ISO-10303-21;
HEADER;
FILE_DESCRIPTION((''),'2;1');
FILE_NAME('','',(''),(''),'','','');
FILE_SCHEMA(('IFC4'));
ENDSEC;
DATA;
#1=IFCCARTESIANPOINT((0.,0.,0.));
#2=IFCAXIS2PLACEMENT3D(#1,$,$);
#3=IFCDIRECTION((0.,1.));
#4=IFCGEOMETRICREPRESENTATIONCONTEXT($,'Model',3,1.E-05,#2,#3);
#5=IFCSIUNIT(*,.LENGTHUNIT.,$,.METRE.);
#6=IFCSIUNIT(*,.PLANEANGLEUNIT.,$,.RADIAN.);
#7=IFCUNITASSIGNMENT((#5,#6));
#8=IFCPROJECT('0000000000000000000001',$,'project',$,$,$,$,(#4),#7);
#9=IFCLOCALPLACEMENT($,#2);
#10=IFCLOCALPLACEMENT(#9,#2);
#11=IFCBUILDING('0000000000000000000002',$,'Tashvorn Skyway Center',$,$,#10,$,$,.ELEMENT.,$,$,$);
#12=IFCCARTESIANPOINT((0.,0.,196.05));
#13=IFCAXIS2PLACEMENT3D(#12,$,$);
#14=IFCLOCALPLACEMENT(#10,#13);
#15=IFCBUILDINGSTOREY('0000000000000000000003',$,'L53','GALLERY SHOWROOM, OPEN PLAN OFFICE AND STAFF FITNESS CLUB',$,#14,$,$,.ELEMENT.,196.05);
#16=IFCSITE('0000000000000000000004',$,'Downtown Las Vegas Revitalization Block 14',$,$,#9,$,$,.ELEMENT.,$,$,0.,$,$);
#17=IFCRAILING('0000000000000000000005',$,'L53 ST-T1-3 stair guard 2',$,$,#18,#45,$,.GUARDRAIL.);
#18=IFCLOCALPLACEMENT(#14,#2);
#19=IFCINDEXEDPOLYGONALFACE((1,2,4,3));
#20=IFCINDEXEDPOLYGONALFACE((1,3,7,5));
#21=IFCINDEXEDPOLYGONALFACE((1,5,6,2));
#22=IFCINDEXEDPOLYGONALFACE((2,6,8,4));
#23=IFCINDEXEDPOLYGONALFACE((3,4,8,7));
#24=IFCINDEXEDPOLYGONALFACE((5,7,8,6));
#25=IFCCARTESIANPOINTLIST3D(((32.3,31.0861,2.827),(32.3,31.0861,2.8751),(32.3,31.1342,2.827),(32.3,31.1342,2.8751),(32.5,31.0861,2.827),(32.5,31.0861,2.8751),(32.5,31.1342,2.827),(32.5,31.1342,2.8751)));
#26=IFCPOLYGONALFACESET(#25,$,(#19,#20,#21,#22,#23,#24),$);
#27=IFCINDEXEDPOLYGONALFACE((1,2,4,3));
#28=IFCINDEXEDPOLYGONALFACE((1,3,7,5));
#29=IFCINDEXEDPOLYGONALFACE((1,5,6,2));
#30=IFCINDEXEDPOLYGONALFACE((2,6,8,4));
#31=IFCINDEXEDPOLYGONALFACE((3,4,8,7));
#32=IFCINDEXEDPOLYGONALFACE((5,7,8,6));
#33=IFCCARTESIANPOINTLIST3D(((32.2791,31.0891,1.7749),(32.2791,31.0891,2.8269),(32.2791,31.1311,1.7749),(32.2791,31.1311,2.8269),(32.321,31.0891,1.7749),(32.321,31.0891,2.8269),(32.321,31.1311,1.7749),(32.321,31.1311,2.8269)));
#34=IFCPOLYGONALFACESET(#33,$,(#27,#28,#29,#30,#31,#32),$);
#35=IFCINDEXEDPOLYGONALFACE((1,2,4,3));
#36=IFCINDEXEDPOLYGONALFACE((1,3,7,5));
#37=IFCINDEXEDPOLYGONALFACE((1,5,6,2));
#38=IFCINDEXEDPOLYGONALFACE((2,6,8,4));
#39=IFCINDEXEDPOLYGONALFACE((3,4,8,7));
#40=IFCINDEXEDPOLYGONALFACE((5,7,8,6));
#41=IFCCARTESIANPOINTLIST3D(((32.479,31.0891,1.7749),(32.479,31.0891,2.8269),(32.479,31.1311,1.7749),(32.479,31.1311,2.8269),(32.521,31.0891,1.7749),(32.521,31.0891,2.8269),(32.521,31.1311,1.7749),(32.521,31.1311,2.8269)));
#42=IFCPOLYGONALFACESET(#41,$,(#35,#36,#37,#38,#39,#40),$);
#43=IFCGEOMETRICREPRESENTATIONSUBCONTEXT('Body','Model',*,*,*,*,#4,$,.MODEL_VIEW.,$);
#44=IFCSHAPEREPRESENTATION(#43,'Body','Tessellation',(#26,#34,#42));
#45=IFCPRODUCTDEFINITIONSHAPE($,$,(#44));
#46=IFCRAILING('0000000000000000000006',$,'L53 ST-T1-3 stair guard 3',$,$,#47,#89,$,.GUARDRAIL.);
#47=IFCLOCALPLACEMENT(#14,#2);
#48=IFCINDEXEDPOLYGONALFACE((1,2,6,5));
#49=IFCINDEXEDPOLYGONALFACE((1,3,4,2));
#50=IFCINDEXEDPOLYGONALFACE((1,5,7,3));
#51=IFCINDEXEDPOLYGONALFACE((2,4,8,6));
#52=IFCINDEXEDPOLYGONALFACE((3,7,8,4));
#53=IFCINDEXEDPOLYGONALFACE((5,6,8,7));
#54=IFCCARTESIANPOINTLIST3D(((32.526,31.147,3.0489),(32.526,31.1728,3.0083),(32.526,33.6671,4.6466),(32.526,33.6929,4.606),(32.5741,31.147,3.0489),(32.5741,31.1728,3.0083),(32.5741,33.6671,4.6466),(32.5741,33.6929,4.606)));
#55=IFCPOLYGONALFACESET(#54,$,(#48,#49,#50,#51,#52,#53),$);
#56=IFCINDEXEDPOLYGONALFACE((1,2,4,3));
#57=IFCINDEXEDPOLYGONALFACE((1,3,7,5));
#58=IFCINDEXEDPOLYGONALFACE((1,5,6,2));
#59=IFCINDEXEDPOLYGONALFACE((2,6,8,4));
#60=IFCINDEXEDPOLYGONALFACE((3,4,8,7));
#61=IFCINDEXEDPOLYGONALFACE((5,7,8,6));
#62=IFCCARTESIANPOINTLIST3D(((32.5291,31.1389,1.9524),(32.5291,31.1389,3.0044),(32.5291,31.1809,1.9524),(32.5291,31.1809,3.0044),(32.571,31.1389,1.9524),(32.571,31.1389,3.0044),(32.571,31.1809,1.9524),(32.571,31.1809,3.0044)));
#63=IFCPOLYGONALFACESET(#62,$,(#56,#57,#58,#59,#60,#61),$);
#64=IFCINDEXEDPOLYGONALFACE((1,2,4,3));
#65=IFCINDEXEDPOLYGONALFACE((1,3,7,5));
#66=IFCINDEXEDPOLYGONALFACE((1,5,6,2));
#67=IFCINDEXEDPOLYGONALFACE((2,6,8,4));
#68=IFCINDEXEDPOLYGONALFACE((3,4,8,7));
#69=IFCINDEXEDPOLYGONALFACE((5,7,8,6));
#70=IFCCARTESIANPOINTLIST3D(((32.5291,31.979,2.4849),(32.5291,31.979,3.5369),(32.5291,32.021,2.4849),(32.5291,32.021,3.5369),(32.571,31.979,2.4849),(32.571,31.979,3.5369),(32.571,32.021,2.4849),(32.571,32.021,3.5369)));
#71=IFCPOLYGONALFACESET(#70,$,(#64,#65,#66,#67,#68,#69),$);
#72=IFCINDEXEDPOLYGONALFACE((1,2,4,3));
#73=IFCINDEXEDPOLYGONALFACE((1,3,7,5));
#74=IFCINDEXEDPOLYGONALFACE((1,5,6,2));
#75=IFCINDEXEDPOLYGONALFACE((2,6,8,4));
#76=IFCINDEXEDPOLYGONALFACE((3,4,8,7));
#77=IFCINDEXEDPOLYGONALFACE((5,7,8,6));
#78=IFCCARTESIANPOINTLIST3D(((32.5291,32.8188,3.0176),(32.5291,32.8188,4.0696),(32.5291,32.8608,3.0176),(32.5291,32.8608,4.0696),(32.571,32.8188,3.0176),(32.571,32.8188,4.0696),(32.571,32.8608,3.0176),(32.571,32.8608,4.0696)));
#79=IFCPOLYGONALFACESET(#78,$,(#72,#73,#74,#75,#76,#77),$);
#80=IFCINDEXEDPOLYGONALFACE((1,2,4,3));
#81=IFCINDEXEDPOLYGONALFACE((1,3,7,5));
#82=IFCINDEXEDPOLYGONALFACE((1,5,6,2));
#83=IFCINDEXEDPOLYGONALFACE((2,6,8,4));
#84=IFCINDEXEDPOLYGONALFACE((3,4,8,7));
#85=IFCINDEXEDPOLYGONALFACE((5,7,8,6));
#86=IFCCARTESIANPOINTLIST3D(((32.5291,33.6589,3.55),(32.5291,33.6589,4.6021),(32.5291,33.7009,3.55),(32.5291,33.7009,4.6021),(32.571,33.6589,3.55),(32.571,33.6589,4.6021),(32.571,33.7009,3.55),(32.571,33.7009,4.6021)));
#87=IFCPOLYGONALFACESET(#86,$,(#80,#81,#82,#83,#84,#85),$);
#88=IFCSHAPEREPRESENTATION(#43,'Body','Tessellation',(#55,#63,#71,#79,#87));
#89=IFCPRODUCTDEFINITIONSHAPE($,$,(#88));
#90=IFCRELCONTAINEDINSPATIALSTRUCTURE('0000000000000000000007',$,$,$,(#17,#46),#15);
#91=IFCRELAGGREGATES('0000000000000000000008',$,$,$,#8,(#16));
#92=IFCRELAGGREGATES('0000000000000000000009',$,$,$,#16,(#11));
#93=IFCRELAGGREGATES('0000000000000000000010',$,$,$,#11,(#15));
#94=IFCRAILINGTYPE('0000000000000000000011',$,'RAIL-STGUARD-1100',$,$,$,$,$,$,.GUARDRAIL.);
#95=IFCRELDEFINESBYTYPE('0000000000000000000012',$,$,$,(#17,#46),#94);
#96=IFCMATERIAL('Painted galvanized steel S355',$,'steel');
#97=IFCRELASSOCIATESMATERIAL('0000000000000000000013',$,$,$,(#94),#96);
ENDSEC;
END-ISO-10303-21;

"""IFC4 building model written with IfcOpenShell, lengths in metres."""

from ifc_helpers import new_model, si_unit, direction, frame, origin, origin_2d, place, context, subcontext, project, spatial, rectangle, extrude, material, type_object, element, save


model = new_model("IFC4")

# Units and contexts
model_context = context("Model", 3, precision=1e-05, world=origin(), true_north=direction((0.0, 1.0)))
body_context = subcontext(model_context, "Body", "Model", "MODEL_VIEW")
ifc_project = project(units=[si_unit("LENGTHUNIT", "METRE"), si_unit("PLANEANGLEUNIT", "RADIAN")], contexts=[model_context])

# Site, building, storey
site_placement = place(None, origin())
site = spatial("IfcSite", under=ifc_project, at=site_placement, Name="Downtown Las Vegas Revitalization Block 14", CompositionType="ELEMENT", RefElevation=0.0)
building_placement = place(site_placement, origin())
building = spatial("IfcBuilding", under=site, at=building_placement, Name="Tashvorn Skyway Center", CompositionType="ELEMENT")
storey_placement = place(building_placement, frame((0.0, 0.0, 196.05)))
storey = spatial("IfcBuildingStorey", under=building, at=storey_placement, Name="L53", Description="GALLERY SHOWROOM, OPEN PLAN OFFICE AND STAFF FITNESS CLUB", CompositionType="ELEMENT", Elevation=196.05)

# Railings
ifc_material_1 = material(Name="Painted galvanized steel S355", Category="steel")
railing_type = type_object("IfcRailingType", Name="RAIL-STGUARD-1100", PredefinedType="GUARDRAIL", material=ifc_material_1)
railing_1_placement = place(storey_placement, frame((32.3, 31.1101, 1.7749)))
element("IfcRailing", 1, at=railing_1_placement, inside=storey, type_object=railing_type, Name="L53 ST-T1-3 stair guard 2", PredefinedType="GUARDRAIL", context=body_context, shape_type="SweptSolid", body=[
    extrude(rectangle(XDim=0.0481, YDim=0.0481, at=origin_2d()), frame((0.0, 0.0, 1.0762), z_axis=(1.0, 0.0, 0.0), x_axis=(0.0, 1.0, 0.0)), (0.0, 0.0, 1.0), 0.2),
    extrude(rectangle(XDim=0.042, YDim=0.042, at=origin_2d()), origin(), (0.0, 0.0, 1.0), 1.052),
    extrude(rectangle(XDim=0.042, YDim=0.042, at=origin_2d()), frame((0.2, 0.0, 0.0)), (0.0, 0.0, 1.0), 1.052),
])
railing_2_placement = place(storey_placement, frame((32.55, 31.1599, 1.9524)))
element("IfcRailing", 2, at=railing_2_placement, inside=storey, type_object=railing_type, Name="L53 ST-T1-3 stair guard 3", PredefinedType="GUARDRAIL", context=body_context, shape_type="SweptSolid", body=[
    extrude(rectangle(XDim=0.0481, YDim=0.0481, at=origin_2d()), frame((0.0, 0.0, 1.0762), z_axis=(0.0, 0.84457, 0.535445), x_axis=(-1.0, 0.0, 0.0)), (0.0, 0.0, 1.0), 2.9839),
    extrude(rectangle(XDim=0.042, YDim=0.042, at=origin_2d()), origin(), (0.0, 0.0, 1.0), 1.052),
    extrude(rectangle(XDim=0.042, YDim=0.042, at=origin_2d()), frame((0.0, 0.8401, 0.5325)), (0.0, 0.0, 1.0), 1.052),
    extrude(rectangle(XDim=0.042, YDim=0.042, at=origin_2d()), frame((0.0, 1.6799, 1.0652)), (0.0, 0.0, 1.0), 1.052),
    extrude(rectangle(XDim=0.042, YDim=0.042, at=origin_2d()), frame((0.0, 2.52, 1.5977)), (0.0, 0.0, 1.0), 1.052),
])

save(model, "model.ifc")
